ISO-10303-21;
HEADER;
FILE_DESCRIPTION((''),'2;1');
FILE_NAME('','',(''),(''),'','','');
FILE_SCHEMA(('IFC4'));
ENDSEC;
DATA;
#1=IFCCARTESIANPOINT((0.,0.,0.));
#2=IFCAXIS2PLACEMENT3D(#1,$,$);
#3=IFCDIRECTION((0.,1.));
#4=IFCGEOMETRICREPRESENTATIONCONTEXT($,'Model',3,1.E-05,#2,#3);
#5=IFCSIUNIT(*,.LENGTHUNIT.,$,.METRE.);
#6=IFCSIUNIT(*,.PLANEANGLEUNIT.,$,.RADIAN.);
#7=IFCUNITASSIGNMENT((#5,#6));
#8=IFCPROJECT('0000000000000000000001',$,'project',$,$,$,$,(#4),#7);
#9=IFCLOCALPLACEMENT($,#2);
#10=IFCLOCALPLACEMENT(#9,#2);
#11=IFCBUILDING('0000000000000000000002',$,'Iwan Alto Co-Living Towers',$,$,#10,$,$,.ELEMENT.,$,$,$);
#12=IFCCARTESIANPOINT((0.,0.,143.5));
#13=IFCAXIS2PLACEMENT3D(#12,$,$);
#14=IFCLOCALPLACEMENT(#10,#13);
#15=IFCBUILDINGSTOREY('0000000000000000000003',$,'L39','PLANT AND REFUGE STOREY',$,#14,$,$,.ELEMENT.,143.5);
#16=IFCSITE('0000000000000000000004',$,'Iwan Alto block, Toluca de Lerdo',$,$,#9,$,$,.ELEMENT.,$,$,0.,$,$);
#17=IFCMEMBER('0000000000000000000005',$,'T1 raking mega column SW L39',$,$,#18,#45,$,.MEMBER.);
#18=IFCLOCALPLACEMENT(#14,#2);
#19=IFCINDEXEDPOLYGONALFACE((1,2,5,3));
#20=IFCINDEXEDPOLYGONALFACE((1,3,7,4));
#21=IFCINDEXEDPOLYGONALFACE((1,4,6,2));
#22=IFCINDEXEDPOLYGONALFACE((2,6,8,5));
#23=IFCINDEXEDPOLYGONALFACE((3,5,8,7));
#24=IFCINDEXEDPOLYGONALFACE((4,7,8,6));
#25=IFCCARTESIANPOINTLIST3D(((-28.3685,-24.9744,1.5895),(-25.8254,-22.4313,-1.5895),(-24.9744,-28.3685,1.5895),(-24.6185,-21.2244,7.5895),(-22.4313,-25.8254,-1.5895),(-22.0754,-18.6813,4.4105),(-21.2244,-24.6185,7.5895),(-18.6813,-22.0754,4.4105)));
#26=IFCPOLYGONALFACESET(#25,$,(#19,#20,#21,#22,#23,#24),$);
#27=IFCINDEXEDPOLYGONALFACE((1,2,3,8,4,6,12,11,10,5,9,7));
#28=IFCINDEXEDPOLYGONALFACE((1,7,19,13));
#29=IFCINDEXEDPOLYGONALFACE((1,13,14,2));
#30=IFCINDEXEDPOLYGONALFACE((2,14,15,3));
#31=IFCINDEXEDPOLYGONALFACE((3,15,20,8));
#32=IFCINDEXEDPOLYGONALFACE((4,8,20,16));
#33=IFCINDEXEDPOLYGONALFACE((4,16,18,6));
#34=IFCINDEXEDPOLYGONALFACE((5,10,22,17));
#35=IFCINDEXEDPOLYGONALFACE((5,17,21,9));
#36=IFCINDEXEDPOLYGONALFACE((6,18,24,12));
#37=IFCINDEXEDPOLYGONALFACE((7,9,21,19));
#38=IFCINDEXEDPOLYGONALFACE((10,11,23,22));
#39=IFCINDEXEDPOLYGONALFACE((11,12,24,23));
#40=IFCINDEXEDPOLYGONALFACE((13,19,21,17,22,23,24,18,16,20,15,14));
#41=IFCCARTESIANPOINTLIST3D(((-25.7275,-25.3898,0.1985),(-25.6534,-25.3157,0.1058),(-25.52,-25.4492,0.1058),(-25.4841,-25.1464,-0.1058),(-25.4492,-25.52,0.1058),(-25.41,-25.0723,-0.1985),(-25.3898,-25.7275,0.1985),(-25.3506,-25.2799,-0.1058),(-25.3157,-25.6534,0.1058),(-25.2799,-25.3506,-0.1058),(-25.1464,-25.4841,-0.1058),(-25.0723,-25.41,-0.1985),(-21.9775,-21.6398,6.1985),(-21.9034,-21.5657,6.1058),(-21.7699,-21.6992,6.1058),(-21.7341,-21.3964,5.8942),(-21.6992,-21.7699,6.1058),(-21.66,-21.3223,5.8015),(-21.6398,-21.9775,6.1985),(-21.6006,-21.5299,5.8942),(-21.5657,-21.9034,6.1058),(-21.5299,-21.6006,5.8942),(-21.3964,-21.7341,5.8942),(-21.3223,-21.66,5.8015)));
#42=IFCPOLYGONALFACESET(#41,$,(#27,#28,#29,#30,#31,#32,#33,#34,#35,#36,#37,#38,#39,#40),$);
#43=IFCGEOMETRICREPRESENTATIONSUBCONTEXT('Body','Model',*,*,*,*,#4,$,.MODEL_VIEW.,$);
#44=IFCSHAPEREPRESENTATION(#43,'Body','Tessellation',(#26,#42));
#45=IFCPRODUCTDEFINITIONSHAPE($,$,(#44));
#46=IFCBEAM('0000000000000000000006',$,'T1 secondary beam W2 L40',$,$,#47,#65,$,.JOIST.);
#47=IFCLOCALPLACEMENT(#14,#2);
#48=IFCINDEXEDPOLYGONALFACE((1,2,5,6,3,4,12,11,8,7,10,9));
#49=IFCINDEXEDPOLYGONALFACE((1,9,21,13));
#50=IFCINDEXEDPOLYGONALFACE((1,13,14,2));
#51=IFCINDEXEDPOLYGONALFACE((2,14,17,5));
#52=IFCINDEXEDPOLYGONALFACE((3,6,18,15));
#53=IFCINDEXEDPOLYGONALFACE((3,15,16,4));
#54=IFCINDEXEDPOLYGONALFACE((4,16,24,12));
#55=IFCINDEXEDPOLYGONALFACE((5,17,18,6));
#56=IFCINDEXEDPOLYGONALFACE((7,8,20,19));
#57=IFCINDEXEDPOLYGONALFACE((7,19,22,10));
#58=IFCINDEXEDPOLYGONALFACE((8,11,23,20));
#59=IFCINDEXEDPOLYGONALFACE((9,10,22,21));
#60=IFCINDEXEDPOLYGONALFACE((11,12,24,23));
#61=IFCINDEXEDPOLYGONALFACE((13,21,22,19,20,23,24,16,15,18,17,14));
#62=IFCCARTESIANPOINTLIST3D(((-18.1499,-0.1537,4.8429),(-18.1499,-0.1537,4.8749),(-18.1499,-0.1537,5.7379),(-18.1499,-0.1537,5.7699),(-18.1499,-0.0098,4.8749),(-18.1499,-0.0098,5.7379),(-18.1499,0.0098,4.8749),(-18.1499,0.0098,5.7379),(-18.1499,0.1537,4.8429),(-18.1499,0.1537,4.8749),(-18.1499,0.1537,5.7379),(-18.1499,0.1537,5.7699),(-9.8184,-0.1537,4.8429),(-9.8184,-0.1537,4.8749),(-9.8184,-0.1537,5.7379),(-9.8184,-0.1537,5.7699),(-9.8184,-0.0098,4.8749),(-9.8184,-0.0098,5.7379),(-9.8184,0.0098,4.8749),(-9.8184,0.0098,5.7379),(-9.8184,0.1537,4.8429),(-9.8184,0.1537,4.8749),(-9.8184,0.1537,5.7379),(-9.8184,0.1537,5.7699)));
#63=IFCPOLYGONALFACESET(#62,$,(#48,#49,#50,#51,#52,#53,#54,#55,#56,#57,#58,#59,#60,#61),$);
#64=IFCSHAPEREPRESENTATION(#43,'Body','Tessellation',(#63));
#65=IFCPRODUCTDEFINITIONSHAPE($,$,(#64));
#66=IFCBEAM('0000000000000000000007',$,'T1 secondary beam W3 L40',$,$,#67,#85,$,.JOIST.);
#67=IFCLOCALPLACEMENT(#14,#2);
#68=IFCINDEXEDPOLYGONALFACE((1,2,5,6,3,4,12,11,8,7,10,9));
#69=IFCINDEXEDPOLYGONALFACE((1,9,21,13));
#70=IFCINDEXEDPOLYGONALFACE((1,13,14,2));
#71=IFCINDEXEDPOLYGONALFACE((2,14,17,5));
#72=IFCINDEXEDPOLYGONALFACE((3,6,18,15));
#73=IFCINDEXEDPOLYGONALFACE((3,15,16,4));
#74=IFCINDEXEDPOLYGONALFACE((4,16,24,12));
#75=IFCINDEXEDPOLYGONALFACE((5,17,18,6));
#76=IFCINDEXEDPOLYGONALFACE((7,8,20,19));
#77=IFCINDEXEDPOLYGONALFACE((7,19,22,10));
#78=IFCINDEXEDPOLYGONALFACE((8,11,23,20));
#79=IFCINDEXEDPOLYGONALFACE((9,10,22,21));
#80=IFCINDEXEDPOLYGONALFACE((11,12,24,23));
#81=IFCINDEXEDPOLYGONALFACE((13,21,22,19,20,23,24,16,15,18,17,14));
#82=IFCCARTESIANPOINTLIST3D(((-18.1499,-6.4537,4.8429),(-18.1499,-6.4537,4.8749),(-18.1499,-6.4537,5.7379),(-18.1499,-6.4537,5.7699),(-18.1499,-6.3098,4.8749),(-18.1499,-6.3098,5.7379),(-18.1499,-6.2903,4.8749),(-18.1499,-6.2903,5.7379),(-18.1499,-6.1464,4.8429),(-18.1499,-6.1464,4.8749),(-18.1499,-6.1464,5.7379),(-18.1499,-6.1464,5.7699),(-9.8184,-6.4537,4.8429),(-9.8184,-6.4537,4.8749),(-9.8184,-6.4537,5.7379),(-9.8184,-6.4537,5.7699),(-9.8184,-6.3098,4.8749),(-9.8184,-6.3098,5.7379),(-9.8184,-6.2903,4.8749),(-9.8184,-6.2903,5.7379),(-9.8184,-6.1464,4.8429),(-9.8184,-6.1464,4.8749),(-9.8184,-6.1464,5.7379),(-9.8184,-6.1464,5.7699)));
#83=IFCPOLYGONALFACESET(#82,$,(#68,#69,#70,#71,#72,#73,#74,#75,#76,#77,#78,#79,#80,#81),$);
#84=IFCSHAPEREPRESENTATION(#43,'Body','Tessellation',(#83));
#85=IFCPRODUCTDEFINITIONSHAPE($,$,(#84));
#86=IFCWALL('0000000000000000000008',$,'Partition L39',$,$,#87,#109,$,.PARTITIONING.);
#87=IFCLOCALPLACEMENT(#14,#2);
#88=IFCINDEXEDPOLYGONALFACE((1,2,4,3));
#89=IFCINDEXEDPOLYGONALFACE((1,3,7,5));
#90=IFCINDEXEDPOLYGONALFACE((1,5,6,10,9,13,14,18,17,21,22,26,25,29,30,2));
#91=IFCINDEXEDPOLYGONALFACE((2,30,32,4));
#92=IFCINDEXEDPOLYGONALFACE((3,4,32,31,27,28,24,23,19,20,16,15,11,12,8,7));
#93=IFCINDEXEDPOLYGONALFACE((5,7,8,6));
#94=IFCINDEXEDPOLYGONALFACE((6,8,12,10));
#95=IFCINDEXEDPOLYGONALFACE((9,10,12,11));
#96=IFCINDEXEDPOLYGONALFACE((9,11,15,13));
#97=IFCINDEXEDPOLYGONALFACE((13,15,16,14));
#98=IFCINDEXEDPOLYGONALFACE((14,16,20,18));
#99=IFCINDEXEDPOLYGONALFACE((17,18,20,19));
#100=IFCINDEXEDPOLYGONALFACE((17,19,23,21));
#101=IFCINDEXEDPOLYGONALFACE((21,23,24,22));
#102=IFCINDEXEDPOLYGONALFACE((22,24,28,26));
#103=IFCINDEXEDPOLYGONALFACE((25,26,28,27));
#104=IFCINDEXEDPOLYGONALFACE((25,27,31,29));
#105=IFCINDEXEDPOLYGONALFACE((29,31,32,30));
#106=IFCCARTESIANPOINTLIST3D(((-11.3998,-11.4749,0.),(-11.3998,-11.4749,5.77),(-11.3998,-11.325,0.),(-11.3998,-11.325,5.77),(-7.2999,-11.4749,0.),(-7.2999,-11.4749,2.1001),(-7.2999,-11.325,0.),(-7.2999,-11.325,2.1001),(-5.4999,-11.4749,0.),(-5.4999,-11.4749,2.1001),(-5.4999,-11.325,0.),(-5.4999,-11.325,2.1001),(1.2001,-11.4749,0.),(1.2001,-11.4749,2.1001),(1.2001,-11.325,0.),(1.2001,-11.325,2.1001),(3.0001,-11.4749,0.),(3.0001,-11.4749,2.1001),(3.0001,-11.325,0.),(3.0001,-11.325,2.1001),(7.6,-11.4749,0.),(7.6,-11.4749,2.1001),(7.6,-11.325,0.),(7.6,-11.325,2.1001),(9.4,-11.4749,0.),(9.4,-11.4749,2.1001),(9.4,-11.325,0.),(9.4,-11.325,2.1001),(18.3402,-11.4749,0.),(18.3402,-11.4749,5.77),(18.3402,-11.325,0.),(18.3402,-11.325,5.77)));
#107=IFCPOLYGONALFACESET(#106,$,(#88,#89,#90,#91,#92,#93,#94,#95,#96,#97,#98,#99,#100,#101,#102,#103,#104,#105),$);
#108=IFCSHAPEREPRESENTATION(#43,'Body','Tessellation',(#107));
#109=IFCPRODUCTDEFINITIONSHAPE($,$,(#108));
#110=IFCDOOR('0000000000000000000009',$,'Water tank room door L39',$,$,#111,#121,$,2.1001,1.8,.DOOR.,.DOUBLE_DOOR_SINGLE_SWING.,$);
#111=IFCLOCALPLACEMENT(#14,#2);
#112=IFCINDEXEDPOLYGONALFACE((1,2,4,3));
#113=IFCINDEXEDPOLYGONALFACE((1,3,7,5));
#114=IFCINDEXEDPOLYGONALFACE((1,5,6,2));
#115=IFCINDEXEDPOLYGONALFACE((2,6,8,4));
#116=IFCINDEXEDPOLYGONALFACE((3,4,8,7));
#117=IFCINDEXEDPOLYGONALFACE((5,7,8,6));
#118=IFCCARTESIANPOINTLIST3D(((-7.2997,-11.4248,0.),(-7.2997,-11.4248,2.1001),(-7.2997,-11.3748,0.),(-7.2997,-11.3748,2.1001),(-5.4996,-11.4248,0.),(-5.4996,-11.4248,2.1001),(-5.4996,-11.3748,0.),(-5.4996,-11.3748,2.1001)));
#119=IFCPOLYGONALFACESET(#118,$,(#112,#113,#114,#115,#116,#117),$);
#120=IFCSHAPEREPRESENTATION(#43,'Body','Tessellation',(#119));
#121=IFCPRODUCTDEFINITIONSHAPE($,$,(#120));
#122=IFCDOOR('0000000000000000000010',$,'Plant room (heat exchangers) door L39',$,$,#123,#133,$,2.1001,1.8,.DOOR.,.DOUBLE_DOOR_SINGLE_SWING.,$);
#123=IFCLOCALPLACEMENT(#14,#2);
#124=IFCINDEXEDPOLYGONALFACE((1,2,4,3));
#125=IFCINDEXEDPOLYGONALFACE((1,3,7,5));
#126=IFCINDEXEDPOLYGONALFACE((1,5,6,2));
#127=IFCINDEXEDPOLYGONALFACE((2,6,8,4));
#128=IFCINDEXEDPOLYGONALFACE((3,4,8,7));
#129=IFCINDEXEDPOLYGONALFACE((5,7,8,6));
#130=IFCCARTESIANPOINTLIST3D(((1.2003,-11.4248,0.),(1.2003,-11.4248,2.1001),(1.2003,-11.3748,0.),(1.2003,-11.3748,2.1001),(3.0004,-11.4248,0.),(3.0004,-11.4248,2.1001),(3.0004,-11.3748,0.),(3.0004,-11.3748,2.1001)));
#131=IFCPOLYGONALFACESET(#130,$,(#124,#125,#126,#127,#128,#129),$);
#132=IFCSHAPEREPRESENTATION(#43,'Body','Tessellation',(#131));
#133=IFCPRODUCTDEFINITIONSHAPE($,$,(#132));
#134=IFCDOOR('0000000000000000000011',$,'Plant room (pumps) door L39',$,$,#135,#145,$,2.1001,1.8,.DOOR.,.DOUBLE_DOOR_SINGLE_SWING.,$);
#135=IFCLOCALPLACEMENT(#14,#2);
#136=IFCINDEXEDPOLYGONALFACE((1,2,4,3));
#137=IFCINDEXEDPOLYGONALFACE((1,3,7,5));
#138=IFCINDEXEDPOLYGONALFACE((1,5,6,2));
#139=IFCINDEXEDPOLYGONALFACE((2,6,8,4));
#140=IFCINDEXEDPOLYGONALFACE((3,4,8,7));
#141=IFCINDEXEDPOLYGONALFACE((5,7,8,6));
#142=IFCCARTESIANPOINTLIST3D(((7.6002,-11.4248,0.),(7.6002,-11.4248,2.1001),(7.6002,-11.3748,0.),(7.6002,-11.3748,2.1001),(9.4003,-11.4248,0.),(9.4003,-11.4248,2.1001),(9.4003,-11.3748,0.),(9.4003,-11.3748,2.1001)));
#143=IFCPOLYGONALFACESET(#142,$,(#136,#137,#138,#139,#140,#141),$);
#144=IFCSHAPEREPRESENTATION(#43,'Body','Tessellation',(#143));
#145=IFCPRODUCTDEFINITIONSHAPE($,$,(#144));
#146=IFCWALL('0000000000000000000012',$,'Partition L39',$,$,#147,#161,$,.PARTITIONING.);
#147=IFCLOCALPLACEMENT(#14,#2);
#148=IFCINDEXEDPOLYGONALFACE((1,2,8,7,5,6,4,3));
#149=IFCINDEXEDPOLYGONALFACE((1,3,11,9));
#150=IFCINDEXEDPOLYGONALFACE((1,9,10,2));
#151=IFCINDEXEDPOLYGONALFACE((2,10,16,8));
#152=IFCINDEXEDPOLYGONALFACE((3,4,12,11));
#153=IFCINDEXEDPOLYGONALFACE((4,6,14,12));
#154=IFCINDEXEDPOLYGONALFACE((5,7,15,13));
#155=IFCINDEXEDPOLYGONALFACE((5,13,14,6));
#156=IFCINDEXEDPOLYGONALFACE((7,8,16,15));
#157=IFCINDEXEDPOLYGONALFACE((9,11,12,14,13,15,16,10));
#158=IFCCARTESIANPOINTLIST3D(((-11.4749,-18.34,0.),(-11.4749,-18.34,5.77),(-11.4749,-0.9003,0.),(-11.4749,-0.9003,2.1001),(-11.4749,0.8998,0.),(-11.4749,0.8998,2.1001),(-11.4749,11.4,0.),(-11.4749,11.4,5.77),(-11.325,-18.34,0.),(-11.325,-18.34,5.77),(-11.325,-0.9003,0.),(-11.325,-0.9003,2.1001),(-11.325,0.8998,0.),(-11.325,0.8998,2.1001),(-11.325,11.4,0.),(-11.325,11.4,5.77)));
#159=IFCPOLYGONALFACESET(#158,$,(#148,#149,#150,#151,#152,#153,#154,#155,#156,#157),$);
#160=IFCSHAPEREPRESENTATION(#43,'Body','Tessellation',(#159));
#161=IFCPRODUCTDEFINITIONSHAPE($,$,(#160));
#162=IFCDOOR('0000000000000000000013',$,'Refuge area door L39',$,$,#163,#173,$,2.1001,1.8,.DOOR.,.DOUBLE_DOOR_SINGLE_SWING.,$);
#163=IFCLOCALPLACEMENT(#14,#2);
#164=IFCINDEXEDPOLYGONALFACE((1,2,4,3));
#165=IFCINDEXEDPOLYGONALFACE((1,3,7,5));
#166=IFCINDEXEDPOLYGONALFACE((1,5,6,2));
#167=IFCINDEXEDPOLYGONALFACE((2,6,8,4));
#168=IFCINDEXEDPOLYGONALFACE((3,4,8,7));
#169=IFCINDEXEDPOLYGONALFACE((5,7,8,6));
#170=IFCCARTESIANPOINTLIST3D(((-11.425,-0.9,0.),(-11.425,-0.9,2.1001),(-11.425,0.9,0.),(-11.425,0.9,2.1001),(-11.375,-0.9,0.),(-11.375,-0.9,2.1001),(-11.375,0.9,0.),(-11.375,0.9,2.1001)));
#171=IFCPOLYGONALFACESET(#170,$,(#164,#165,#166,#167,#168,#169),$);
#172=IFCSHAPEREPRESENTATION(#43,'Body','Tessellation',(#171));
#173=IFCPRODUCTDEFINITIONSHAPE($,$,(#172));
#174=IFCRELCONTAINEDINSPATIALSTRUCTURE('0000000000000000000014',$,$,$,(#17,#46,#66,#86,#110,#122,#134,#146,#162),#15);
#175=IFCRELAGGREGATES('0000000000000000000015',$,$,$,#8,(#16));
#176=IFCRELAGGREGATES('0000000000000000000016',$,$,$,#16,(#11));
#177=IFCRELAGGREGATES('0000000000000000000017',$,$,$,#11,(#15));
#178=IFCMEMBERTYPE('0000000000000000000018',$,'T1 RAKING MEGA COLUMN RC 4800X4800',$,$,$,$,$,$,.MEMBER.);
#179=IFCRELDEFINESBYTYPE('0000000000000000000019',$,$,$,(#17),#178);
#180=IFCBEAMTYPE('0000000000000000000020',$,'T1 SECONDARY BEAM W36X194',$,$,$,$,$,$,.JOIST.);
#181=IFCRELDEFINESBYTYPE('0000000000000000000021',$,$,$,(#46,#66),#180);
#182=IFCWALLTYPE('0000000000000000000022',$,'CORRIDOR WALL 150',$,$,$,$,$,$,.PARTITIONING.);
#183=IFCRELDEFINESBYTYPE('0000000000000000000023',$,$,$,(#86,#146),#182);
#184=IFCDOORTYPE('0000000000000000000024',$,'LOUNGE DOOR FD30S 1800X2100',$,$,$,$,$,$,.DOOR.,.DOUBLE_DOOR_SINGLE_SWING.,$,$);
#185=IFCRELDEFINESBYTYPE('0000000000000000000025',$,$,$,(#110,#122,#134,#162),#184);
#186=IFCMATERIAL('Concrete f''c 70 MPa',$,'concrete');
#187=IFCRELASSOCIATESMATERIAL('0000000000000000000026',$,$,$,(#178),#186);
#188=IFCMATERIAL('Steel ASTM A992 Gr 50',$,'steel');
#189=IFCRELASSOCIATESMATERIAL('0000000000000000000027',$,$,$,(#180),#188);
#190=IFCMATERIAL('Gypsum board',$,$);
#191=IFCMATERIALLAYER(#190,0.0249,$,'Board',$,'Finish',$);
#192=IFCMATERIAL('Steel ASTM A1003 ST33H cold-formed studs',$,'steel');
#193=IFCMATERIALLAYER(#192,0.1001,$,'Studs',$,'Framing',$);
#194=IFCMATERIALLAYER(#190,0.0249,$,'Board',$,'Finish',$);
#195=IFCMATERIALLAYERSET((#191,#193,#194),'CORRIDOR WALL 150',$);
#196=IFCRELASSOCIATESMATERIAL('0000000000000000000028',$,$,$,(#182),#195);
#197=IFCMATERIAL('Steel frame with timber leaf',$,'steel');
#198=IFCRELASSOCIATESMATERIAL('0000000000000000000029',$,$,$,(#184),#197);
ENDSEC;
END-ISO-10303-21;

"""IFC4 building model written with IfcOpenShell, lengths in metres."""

from ifc_helpers import new_model, si_unit, direction, frame, frame_2d, origin, origin_2d, place, context, subcontext, project, spatial, rectangle, i_section, extrude, material, layer, layer_set, material_profile, profile_set, type_object, element, fill, save


model = new_model("IFC4")

# Units and contexts
model_context = context("Model", 3, precision=1e-05, world=origin(), true_north=direction((0.0, 1.0)))
body_context = subcontext(model_context, "Body", "Model", "MODEL_VIEW")
ifc_project = project(units=[si_unit("LENGTHUNIT", "METRE"), si_unit("PLANEANGLEUNIT", "RADIAN")], contexts=[model_context])

# Site, building, storey
site_placement = place(None, origin())
site = spatial("IfcSite", under=ifc_project, at=site_placement, Name="Iwan Alto block, Toluca de Lerdo", CompositionType="ELEMENT", RefElevation=0.0)
building_placement = place(site_placement, origin())
building = spatial("IfcBuilding", under=site, at=building_placement, Name="Iwan Alto Co-Living Towers", CompositionType="ELEMENT")
storey_placement = place(building_placement, frame((0.0, 0.0, 143.5)))
storey = spatial("IfcBuildingStorey", under=building, at=storey_placement, Name="L39", Description="PLANT AND REFUGE STOREY", CompositionType="ELEMENT", Elevation=143.5)

# Member
ifc_material_1 = material(Name="Concrete f'c 70 MPa", Category="concrete")
ifc_material_profile_1 = material_profile(ifc_material_1, rectangle(XDim=4.8, YDim=4.8, at=origin_2d()), Name="RC 4800X4800")
ifc_profile_set_1 = profile_set([ifc_material_profile_1], Name="Concrete f'c 70 MPa")
member_type_1 = type_object("IfcMemberType", Name="T1 RAKING MEGA COLUMN RC 4800X4800", PredefinedType="MEMBER", material=ifc_profile_set_1)
member_1_placement = place(storey_placement, frame((-25.3999, -25.3999, 0.0), z_axis=(0.468293, 0.468293, 0.749269), x_axis=(-0.707107, 0.707107, 0.0)))
element("IfcMember", 1, at=member_1_placement, inside=storey, type_object=member_type_1, Name="T1 raking mega column SW L39", PredefinedType="MEMBER", context=body_context, shape_type="SweptSolid", body=[
    extrude(rectangle(XDim=4.8, YDim=4.8, at=origin_2d()), origin(), (0.0, 0.0, 1.0), 8.0078),
    extrude(i_section(OverallWidth=0.4775, OverallDepth=0.5994, WebThickness=0.1001, FlangeThickness=0.1399, at=origin_2d()), origin(), (0.0, 0.0, 1.0), 8.0078),
])

# Beams
ifc_material_2 = material(Name="Steel ASTM A992 Gr 50", Category="steel")
ifc_material_profile_2 = material_profile(ifc_material_2, i_section(OverallWidth=0.3074, OverallDepth=0.927, WebThickness=0.0195, FlangeThickness=0.032, at=origin_2d()), Name="W36X194")
ifc_profile_set_2 = profile_set([ifc_material_profile_2], Name="Steel ASTM A992 Gr 50")
beam_type_1 = type_object("IfcBeamType", Name="T1 SECONDARY BEAM W36X194", PredefinedType="JOIST", material=ifc_profile_set_2)
for number, where, z_axis, x_axis, name in (
    (2, (-18.1499, 0.0, 5.3064), (1.0, 0.0, 0.0), (0.0, 1.0, 0.0), "T1 secondary beam W2 L40"),
    (3, (-18.1499, -6.3, 5.3064), (1.0, 0.0, 0.0), (0.0, 1.0, 0.0), "T1 secondary beam W3 L40"),
):
    element("IfcBeam", number, at=place(storey_placement, frame(where, z_axis=z_axis, x_axis=x_axis)), inside=storey, type_object=beam_type_1, Name=name, PredefinedType="JOIST", context=body_context, shape_type="SweptSolid", body=[
        extrude(i_section(OverallWidth=0.3074, OverallDepth=0.927, WebThickness=0.0195, FlangeThickness=0.032, at=origin_2d()), origin(), (0.0, 0.0, 1.0), 8.3315),
    ])

# Wall, openings, doors
ifc_material_3 = material(Name="Gypsum board")
ifc_layer_1 = layer(ifc_material_3, 0.0249, Name="Board", Category="Finish")
ifc_material_4 = material(Name="Steel ASTM A1003 ST33H cold-formed studs", Category="steel")
ifc_layer_2 = layer(ifc_material_4, 0.1001, Name="Studs", Category="Framing")
ifc_layer_3 = layer(ifc_material_3, 0.0249, Name="Board", Category="Finish")
ifc_layer_set_1 = layer_set([ifc_layer_1, ifc_layer_2, ifc_layer_3], Name="CORRIDOR WALL 150")
wall_type_1 = type_object("IfcWallType", Name="CORRIDOR WALL 150", PredefinedType="PARTITIONING", material=ifc_layer_set_1)
wall_1_placement = place(storey_placement, frame((-11.3999, -11.3999, 0.0), z_axis=(0.0, 0.0, 1.0), x_axis=(1.0, 0.0, 0.0)))
wall_1 = element("IfcWall", 4, at=wall_1_placement, inside=storey, type_object=wall_type_1, Name="Partition L39", PredefinedType="PARTITIONING", context=body_context, shape_type="SweptSolid", body=[
    extrude(rectangle(XDim=29.74, YDim=0.1499, at=frame_2d((14.8701, 0.0))), origin(), (0.0, 0.0, 1.0), 5.77),
])
opening_1_placement = place(wall_1_placement, frame((4.1001, 0.0, 0.0)))
opening_1 = element("IfcOpeningElement", 5, at=opening_1_placement, cuts=wall_1, PredefinedType="OPENING", context=body_context, shape_type="SweptSolid", body=[
    extrude(rectangle(XDim=1.8, YDim=2.1001, at=frame_2d((0.8999, 1.05))), frame((0.0, 0.085, 0.0), z_axis=(0.0, -1.0, 0.0), x_axis=(1.0, 0.0, 0.0)), (0.0, 0.0, 1.0), 0.1699),
])
opening_2_placement = place(wall_1_placement, frame((12.6001, 0.0, 0.0)))
opening_2 = element("IfcOpeningElement", 6, at=opening_2_placement, cuts=wall_1, PredefinedType="OPENING", context=body_context, shape_type="SweptSolid", body=[
    extrude(rectangle(XDim=1.8, YDim=2.1001, at=frame_2d((0.8999, 1.05))), frame((0.0, 0.085, 0.0), z_axis=(0.0, -1.0, 0.0), x_axis=(1.0, 0.0, 0.0)), (0.0, 0.0, 1.0), 0.1699),
])
opening_3_placement = place(wall_1_placement, frame((19.0, 0.0, 0.0)))
opening_3 = element("IfcOpeningElement", 7, at=opening_3_placement, cuts=wall_1, PredefinedType="OPENING", context=body_context, shape_type="SweptSolid", body=[
    extrude(rectangle(XDim=1.8, YDim=2.1001, at=frame_2d((0.8999, 1.05))), frame((0.0, 0.085, 0.0), z_axis=(0.0, -1.0, 0.0), x_axis=(1.0, 0.0, 0.0)), (0.0, 0.0, 1.0), 0.1699),
])
ifc_material_5 = material(Name="Steel frame with timber leaf", Category="steel")
door_type = type_object("IfcDoorType", Name="LOUNGE DOOR FD30S 1800X2100", OperationType="DOUBLE_DOOR_SINGLE_SWING", PredefinedType="DOOR", material=ifc_material_5)
door_1_placement = place(opening_1_placement, frame((1.8, 0.0, 0.0), z_axis=(0.0, 0.0, 1.0), x_axis=(-1.0, 0.0, 0.0)))
door_1 = element("IfcDoor", 8, at=door_1_placement, inside=storey, type_object=door_type, Name="Water tank room door L39", OperationType="DOUBLE_DOOR_SINGLE_SWING", OverallHeight=2.1001, OverallWidth=1.8, PredefinedType="DOOR", context=body_context, shape_type="SweptSolid", body=[
    extrude(rectangle(XDim=1.8, YDim=2.1001, at=frame_2d((0.8999, 1.05))), frame((0.0, 0.0249, 0.0), z_axis=(0.0, -1.0, 0.0), x_axis=(1.0, 0.0, 0.0)), (0.0, 0.0, 1.0), 0.05),
])
fill(opening_1, door_1)
door_2_placement = place(opening_2_placement, frame((1.8, 0.0, 0.0), z_axis=(0.0, 0.0, 1.0), x_axis=(-1.0, 0.0, 0.0)))
door_2 = element("IfcDoor", 9, at=door_2_placement, inside=storey, type_object=door_type, Name="Plant room (heat exchangers) door L39", OperationType="DOUBLE_DOOR_SINGLE_SWING", OverallHeight=2.1001, OverallWidth=1.8, PredefinedType="DOOR", context=body_context, shape_type="SweptSolid", body=[
    extrude(rectangle(XDim=1.8, YDim=2.1001, at=frame_2d((0.8999, 1.05))), frame((0.0, 0.0249, 0.0), z_axis=(0.0, -1.0, 0.0), x_axis=(1.0, 0.0, 0.0)), (0.0, 0.0, 1.0), 0.05),
])
fill(opening_2, door_2)
door_3_placement = place(opening_3_placement, frame((1.8, 0.0, 0.0), z_axis=(0.0, 0.0, 1.0), x_axis=(-1.0, 0.0, 0.0)))
door_3 = element("IfcDoor", 10, at=door_3_placement, inside=storey, type_object=door_type, Name="Plant room (pumps) door L39", OperationType="DOUBLE_DOOR_SINGLE_SWING", OverallHeight=2.1001, OverallWidth=1.8, PredefinedType="DOOR", context=body_context, shape_type="SweptSolid", body=[
    extrude(rectangle(XDim=1.8, YDim=2.1001, at=frame_2d((0.8999, 1.05))), frame((0.0, 0.0249, 0.0), z_axis=(0.0, -1.0, 0.0), x_axis=(1.0, 0.0, 0.0)), (0.0, 0.0, 1.0), 0.05),
])
fill(opening_3, door_3)

# Wall, opening, door
wall_2_placement = place(storey_placement, frame((-11.3999, -18.3401, 0.0), z_axis=(0.0, 0.0, 1.0), x_axis=(0.0, 1.0, 0.0)))
wall_2 = element("IfcWall", 11, at=wall_2_placement, inside=storey, type_object=wall_type_1, Name="Partition L39", PredefinedType="PARTITIONING", context=body_context, shape_type="SweptSolid", body=[
    extrude(rectangle(XDim=29.74, YDim=0.1499, at=frame_2d((14.8701, 0.0))), origin(), (0.0, 0.0, 1.0), 5.77),
])
opening_4_placement = place(wall_2_placement, frame((17.4399, 0.0, 0.0)))
opening_4 = element("IfcOpeningElement", 12, at=opening_4_placement, cuts=wall_2, PredefinedType="OPENING", context=body_context, shape_type="SweptSolid", body=[
    extrude(rectangle(XDim=1.8, YDim=2.1001, at=frame_2d((0.8999, 1.05))), frame((0.0, 0.085, 0.0), z_axis=(0.0, -1.0, 0.0), x_axis=(1.0, 0.0, 0.0)), (0.0, 0.0, 1.0), 0.1699),
])
door_4_placement = place(opening_4_placement, frame((1.8, 0.0, 0.0), z_axis=(0.0, 0.0, 1.0), x_axis=(-1.0, 0.0, 0.0)))
door_4 = element("IfcDoor", 13, at=door_4_placement, inside=storey, type_object=door_type, Name="Refuge area door L39", OperationType="DOUBLE_DOOR_SINGLE_SWING", OverallHeight=2.1001, OverallWidth=1.8, PredefinedType="DOOR", context=body_context, shape_type="SweptSolid", body=[
    extrude(rectangle(XDim=1.8, YDim=2.1001, at=frame_2d((0.8999, 1.05))), frame((0.0, 0.0249, 0.0), z_axis=(0.0, -1.0, 0.0), x_axis=(1.0, 0.0, 0.0)), (0.0, 0.0, 1.0), 0.05),
])
fill(opening_4, door_4)

save(model, "model.ifc")
